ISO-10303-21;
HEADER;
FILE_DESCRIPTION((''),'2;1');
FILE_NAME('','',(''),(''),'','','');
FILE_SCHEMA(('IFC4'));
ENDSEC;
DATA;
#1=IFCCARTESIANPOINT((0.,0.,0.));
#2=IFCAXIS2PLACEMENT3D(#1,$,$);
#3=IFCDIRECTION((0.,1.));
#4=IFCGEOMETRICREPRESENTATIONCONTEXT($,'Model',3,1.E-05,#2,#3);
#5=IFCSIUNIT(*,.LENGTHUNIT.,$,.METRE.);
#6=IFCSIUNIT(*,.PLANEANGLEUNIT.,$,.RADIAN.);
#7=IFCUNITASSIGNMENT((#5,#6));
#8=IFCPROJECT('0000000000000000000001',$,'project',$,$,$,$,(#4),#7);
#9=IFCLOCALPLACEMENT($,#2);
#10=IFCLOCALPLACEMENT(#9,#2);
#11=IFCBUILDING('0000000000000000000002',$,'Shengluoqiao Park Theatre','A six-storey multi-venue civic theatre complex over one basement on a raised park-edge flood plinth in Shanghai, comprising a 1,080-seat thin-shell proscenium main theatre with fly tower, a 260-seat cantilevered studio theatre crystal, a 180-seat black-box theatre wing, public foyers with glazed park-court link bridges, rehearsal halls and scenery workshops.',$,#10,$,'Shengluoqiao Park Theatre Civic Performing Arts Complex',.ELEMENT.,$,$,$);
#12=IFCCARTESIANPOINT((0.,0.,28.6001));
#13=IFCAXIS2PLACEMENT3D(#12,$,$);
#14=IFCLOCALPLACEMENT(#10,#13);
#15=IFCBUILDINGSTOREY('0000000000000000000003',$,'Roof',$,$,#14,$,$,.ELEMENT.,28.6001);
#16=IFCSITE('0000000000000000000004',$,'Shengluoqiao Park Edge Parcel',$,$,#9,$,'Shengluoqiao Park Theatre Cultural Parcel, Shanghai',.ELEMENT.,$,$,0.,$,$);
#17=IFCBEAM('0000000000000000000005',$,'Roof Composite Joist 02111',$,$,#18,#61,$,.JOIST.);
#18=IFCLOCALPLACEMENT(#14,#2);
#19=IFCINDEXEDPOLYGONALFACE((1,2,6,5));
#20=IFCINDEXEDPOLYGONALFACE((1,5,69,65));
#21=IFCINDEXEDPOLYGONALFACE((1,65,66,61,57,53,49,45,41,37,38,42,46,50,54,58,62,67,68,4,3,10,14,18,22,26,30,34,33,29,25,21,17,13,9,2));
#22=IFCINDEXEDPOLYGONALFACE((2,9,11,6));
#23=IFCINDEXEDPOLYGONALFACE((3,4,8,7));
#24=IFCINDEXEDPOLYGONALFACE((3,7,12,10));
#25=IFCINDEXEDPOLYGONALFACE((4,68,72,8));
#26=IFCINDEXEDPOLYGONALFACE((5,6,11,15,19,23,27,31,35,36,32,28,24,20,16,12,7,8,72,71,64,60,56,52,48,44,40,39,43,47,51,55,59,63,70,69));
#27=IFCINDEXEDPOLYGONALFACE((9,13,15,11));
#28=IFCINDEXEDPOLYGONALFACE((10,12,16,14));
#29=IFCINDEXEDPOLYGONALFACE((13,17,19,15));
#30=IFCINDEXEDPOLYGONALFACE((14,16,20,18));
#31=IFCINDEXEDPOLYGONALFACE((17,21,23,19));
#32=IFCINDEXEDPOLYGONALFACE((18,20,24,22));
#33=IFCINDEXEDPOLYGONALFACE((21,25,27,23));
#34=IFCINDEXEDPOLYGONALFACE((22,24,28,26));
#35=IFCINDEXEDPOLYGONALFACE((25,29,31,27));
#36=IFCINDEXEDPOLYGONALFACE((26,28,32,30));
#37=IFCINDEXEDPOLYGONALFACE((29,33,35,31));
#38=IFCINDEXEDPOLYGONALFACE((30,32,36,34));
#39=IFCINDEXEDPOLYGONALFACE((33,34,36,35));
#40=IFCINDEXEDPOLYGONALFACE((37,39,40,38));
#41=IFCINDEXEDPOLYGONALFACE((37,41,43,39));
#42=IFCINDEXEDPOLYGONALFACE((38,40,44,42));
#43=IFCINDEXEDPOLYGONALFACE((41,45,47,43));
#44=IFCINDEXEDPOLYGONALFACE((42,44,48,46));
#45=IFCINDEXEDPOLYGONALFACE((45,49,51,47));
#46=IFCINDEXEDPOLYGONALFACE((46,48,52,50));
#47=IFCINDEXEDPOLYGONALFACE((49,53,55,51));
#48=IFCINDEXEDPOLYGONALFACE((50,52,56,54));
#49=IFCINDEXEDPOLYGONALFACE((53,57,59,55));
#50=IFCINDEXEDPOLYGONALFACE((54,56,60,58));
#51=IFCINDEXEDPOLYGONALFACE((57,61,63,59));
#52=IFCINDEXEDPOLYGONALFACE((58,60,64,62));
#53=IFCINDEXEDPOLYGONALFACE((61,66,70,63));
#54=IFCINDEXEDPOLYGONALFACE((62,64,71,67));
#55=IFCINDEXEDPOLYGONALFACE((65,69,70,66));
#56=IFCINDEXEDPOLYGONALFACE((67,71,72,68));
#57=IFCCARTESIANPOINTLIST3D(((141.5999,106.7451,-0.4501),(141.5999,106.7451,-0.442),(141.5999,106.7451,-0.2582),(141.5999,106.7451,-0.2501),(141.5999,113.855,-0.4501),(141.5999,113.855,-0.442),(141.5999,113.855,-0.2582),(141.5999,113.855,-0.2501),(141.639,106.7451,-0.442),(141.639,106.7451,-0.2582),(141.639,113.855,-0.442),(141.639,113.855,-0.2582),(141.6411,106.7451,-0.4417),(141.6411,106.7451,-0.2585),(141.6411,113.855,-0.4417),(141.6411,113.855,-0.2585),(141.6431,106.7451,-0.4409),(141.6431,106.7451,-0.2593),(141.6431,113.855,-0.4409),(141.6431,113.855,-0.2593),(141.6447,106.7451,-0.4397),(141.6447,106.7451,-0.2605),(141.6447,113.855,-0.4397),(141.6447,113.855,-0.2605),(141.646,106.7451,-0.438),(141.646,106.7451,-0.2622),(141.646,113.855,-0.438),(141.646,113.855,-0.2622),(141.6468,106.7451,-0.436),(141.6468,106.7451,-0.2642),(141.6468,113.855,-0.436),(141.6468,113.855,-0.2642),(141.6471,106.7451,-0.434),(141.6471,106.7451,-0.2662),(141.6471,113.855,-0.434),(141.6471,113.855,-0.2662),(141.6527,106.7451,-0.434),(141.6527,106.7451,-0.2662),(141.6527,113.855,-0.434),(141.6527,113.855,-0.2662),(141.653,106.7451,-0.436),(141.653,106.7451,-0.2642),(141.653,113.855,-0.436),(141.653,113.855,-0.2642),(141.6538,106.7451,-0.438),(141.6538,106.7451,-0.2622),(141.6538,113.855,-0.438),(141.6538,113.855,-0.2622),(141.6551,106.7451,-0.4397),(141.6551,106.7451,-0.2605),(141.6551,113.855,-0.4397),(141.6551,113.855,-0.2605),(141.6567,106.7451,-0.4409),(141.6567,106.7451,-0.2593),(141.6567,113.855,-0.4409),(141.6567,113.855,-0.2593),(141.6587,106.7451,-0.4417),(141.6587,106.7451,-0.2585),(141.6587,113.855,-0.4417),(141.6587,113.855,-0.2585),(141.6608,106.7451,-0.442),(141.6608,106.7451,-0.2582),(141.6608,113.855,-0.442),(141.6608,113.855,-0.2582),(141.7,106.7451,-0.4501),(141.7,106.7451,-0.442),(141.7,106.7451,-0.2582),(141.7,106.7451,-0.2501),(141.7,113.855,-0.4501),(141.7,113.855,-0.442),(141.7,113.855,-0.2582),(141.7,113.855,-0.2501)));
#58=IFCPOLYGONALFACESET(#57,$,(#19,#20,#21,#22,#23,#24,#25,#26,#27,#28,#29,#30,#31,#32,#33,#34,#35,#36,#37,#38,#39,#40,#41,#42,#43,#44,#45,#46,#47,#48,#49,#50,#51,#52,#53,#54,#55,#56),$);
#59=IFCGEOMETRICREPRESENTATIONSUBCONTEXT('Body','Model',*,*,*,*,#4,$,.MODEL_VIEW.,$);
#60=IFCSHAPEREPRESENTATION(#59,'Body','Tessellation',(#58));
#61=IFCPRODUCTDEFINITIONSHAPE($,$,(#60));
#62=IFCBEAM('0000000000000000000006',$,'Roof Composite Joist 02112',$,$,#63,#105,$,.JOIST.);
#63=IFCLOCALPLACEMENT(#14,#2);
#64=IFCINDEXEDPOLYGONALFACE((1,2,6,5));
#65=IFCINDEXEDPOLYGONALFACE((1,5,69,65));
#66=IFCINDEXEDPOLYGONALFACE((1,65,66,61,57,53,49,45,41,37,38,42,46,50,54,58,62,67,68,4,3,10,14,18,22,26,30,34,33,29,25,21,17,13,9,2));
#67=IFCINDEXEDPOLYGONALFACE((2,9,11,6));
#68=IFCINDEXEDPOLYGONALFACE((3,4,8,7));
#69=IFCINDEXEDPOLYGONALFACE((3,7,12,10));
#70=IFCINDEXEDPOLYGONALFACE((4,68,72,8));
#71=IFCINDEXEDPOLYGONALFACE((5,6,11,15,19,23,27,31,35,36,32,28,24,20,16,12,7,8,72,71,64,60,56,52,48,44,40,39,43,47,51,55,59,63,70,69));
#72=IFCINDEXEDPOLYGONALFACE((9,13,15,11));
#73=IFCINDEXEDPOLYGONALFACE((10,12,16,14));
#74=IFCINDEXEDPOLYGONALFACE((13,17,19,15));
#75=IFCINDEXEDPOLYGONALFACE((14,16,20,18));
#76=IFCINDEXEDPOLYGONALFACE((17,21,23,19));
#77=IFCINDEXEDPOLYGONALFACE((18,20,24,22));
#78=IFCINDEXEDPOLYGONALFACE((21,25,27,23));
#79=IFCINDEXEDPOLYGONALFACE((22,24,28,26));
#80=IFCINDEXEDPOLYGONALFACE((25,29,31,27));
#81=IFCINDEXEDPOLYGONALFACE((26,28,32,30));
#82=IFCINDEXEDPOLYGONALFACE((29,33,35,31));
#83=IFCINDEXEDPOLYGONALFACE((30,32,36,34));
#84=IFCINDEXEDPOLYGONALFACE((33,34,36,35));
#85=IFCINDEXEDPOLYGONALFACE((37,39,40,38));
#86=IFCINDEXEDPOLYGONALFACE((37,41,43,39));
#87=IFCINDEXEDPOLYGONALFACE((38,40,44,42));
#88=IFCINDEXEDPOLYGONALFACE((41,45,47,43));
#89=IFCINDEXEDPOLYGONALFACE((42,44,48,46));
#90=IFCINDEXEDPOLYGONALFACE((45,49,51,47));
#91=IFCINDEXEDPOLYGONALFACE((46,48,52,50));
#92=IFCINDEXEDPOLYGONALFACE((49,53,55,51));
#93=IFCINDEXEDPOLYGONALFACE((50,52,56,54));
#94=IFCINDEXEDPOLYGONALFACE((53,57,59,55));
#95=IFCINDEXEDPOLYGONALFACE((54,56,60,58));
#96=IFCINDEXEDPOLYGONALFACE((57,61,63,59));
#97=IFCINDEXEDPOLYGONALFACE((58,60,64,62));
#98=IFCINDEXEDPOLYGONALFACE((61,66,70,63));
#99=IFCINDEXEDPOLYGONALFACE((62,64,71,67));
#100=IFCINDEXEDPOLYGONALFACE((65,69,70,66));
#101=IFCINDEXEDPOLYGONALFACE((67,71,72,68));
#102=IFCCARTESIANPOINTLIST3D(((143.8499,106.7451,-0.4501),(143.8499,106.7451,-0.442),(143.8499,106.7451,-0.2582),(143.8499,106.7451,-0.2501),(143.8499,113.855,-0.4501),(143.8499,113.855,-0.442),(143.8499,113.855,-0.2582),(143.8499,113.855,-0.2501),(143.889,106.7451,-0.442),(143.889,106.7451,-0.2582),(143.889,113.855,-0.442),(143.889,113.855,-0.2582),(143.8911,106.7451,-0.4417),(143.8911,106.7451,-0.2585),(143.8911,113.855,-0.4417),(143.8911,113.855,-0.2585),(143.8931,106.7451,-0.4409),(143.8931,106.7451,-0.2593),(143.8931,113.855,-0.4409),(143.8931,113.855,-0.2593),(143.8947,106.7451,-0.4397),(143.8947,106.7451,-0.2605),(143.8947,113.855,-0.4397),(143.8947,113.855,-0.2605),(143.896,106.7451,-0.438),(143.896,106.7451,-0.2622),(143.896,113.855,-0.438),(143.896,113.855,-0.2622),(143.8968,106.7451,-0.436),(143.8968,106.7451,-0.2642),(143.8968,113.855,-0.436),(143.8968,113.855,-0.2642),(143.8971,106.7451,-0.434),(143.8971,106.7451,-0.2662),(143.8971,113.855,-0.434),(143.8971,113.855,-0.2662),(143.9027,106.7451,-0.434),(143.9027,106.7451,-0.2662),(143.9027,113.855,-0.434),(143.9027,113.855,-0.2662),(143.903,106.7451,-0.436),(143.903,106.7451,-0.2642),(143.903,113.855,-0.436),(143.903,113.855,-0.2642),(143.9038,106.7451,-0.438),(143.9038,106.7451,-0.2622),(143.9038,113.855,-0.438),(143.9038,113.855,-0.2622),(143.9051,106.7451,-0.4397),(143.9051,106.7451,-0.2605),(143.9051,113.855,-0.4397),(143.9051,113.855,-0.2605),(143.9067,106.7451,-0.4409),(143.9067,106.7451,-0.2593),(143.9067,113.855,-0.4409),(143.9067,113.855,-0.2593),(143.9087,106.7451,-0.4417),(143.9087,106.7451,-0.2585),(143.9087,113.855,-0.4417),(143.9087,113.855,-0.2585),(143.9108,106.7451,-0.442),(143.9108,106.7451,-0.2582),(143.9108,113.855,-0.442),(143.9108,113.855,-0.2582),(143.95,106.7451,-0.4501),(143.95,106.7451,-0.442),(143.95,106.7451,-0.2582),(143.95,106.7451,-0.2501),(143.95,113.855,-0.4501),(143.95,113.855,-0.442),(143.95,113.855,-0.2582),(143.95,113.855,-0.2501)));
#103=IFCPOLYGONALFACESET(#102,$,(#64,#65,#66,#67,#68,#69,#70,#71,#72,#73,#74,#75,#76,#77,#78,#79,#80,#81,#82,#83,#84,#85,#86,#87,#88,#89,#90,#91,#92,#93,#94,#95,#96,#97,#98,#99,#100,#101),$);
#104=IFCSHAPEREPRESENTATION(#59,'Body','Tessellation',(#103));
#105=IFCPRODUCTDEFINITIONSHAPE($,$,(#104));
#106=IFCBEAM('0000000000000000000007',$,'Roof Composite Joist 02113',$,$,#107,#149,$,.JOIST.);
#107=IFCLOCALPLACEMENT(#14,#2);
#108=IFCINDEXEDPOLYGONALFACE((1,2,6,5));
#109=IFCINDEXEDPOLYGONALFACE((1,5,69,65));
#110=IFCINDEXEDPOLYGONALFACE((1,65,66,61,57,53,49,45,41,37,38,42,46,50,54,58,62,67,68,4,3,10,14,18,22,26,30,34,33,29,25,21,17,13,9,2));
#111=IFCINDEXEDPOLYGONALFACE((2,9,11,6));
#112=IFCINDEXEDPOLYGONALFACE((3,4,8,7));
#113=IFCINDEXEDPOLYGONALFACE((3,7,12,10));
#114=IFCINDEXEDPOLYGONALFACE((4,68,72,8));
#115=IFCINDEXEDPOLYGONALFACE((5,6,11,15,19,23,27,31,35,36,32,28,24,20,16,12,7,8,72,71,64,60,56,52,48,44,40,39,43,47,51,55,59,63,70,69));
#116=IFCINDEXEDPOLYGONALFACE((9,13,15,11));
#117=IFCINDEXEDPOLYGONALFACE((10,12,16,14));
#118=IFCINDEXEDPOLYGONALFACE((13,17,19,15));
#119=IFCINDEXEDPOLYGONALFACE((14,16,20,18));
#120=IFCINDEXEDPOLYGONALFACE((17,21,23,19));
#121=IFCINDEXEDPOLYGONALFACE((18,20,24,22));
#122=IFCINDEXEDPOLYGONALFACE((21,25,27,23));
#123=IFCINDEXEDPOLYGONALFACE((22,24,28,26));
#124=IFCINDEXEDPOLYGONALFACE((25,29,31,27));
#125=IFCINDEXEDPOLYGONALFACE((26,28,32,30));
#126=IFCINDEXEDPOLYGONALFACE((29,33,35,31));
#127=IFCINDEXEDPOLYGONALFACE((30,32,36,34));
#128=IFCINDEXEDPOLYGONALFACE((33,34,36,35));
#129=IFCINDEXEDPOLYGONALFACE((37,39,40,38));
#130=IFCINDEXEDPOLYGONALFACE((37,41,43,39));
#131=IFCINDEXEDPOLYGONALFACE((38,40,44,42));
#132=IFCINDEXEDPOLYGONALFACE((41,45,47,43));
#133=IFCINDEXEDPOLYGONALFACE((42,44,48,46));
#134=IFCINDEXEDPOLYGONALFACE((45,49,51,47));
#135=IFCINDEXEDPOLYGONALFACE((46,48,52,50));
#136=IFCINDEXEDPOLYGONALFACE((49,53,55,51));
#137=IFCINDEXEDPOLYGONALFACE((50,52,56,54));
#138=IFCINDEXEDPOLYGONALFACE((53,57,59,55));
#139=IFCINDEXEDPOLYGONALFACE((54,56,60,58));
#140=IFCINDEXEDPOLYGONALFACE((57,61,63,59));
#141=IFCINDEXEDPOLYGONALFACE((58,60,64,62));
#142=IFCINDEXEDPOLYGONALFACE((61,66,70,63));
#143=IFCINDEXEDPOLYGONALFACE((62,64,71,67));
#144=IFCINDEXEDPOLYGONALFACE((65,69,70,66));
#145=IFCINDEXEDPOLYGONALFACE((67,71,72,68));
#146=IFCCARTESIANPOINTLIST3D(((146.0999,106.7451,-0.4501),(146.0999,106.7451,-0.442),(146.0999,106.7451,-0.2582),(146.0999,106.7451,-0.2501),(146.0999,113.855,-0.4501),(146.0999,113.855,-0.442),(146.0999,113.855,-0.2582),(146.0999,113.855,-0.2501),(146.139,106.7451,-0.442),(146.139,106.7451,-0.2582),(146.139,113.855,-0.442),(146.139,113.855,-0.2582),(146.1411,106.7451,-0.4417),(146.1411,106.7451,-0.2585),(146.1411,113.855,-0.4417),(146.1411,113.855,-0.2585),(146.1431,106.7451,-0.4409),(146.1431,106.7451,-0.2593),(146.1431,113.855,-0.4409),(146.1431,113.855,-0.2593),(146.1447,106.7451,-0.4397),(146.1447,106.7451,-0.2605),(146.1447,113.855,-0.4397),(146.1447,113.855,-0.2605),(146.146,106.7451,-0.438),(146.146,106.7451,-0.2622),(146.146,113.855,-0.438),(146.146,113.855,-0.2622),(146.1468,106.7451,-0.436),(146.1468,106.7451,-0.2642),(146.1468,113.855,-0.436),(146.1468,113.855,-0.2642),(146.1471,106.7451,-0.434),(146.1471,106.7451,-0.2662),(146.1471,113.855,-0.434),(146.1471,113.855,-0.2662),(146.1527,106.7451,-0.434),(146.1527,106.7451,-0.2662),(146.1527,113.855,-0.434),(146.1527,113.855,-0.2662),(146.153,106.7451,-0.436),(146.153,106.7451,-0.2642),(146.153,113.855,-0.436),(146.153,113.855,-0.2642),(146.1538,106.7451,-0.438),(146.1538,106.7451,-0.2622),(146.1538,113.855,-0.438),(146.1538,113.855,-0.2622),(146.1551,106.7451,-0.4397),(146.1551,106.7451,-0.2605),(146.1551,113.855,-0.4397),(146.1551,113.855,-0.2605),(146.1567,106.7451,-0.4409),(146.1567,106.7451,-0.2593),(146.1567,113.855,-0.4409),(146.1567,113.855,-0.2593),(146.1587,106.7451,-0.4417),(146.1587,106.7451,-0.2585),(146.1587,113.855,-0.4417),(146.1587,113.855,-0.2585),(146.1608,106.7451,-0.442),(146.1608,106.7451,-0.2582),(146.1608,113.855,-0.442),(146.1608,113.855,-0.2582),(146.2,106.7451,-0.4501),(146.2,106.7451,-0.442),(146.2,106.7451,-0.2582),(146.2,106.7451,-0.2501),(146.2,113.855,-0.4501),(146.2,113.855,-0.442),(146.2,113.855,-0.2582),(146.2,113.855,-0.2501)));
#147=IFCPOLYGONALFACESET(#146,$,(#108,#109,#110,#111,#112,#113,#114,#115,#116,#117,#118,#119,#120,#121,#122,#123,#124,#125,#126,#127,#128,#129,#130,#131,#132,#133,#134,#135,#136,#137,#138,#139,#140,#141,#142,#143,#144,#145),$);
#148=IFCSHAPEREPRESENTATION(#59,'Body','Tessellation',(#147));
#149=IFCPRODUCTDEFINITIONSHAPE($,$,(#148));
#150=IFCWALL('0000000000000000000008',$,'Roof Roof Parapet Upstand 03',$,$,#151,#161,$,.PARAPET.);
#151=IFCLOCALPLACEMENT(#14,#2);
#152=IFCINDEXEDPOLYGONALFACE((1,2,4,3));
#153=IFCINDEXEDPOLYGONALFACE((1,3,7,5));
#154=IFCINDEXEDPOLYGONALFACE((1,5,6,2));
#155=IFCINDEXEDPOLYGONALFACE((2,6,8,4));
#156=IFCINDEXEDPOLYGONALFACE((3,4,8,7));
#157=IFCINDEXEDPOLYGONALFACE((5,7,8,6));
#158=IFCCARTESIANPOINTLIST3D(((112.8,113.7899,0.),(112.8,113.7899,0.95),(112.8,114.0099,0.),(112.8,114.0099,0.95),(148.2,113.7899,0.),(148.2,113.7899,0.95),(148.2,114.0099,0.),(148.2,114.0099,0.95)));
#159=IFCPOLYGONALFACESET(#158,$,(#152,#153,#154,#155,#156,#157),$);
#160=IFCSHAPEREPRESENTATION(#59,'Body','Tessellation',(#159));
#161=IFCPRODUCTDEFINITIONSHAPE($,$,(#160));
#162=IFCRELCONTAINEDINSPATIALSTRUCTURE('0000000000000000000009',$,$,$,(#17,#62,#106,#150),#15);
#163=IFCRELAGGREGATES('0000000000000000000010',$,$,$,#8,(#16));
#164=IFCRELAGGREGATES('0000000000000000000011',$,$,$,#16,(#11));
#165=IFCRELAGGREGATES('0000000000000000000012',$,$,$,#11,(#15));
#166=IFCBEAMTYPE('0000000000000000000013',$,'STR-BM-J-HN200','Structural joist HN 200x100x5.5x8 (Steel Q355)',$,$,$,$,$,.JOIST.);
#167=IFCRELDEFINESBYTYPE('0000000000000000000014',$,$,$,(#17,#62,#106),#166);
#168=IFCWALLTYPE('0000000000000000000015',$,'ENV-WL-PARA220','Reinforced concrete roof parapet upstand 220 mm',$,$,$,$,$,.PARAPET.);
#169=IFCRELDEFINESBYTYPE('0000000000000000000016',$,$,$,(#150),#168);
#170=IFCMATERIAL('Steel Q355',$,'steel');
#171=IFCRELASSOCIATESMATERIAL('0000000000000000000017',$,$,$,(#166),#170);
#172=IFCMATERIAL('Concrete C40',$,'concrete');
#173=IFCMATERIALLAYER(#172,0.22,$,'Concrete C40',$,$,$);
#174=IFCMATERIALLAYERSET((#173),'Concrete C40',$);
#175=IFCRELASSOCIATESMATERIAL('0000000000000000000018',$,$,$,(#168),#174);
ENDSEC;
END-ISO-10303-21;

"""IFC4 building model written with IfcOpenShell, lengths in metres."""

from ifc_helpers import new_model, si_unit, direction, frame, frame_2d, origin, origin_2d, place, context, subcontext, project, spatial, rectangle, i_section, extrude, material, layer, layer_set, material_profile, profile_set, type_object, element, save


model = new_model("IFC4")

# Units and contexts
model_context = context("Model", 3, precision=1e-05, world=origin(), true_north=direction((0.0, 1.0)))
body_context = subcontext(model_context, "Body", "Model", "MODEL_VIEW")
ifc_project = project(units=[si_unit("LENGTHUNIT", "METRE"), si_unit("PLANEANGLEUNIT", "RADIAN")], contexts=[model_context])

# Site, building, storey
site_placement = place(None, origin())
site = spatial("IfcSite", under=ifc_project, at=site_placement, Name="Shengluoqiao Park Edge Parcel", LongName="Shengluoqiao Park Theatre Cultural Parcel, Shanghai", CompositionType="ELEMENT", RefElevation=0.0)
building_placement = place(site_placement, origin())
building = spatial("IfcBuilding", under=site, at=building_placement, Name="Shengluoqiao Park Theatre", Description="A six-storey multi-venue civic theatre complex over one basement on a raised park-edge flood plinth in Shanghai, comprising a 1,080-seat thin-shell proscenium main theatre with fly tower, a 260-seat cantilevered studio theatre crystal, a 180-seat black-box theatre wing, public foyers with glazed park-court link bridges, rehearsal halls and scenery workshops.", LongName="Shengluoqiao Park Theatre Civic Performing Arts Complex", CompositionType="ELEMENT")
storey_placement = place(building_placement, frame((0.0, 0.0, 28.6001)))
storey = spatial("IfcBuildingStorey", under=building, at=storey_placement, Name="Roof", CompositionType="ELEMENT", Elevation=28.6001)

# Beams
ifc_material_1 = material(Name="Steel Q355", Category="steel")
ifc_material_profile_1 = material_profile(ifc_material_1, i_section(OverallWidth=0.1001, OverallDepth=0.2, WebThickness=0.0056, FlangeThickness=0.0081, FilletRadius=0.0081, at=origin_2d()), Name="HN 200x100x5.5x8")
ifc_profile_set_1 = profile_set([ifc_material_profile_1], Name="Steel Q355")
beam_type_1 = type_object("IfcBeamType", Name="STR-BM-J-HN200", Description="Structural joist HN 200x100x5.5x8 (Steel Q355)", PredefinedType="JOIST", material=ifc_profile_set_1)
for number, where, z_axis, x_axis, name in (
    (1, (141.6499, 106.7451, -0.3501), (0.0, 1.0, 0.0), (-1.0, 0.0, 0.0), "Roof Composite Joist 02111"),
    (2, (143.8999, 106.7451, -0.3501), (0.0, 1.0, 0.0), (-1.0, 0.0, 0.0), "Roof Composite Joist 02112"),
    (3, (146.1499, 106.7451, -0.3501), (0.0, 1.0, 0.0), (-1.0, 0.0, 0.0), "Roof Composite Joist 02113"),
):
    element("IfcBeam", number, at=place(storey_placement, frame(where, z_axis=z_axis, x_axis=x_axis)), inside=storey, type_object=beam_type_1, Name=name, PredefinedType="JOIST", context=body_context, shape_type="SweptSolid", body=[
        extrude(i_section(OverallWidth=0.1001, OverallDepth=0.2, WebThickness=0.0056, FlangeThickness=0.0081, FilletRadius=0.0081, at=origin_2d()), origin(), (0.0, 0.0, 1.0), 7.1099),
    ])

# Wall
ifc_material_2 = material(Name="Concrete C40", Category="concrete")
ifc_layer = layer(ifc_material_2, 0.22, Name="Concrete C40")
ifc_layer_set = layer_set([ifc_layer], Name="Concrete C40")
wall_type = type_object("IfcWallType", Name="ENV-WL-PARA220", Description="Reinforced concrete roof parapet upstand 220 mm", PredefinedType="PARAPET", material=ifc_layer_set)
wall_placement = place(storey_placement, frame((148.2, 113.8999, 0.0), z_axis=(0.0, 0.0, 1.0), x_axis=(-1.0, 0.0, 0.0)))
element("IfcWall", 4, at=wall_placement, inside=storey, type_object=wall_type, Name="Roof Roof Parapet Upstand 03", PredefinedType="PARAPET", context=body_context, shape_type="SweptSolid", body=[
    extrude(rectangle(XDim=35.3999, YDim=0.22, at=frame_2d((17.7, 0.0))), origin(), (0.0, 0.0, 1.0), 0.95),
])

save(model, "model.ifc")
